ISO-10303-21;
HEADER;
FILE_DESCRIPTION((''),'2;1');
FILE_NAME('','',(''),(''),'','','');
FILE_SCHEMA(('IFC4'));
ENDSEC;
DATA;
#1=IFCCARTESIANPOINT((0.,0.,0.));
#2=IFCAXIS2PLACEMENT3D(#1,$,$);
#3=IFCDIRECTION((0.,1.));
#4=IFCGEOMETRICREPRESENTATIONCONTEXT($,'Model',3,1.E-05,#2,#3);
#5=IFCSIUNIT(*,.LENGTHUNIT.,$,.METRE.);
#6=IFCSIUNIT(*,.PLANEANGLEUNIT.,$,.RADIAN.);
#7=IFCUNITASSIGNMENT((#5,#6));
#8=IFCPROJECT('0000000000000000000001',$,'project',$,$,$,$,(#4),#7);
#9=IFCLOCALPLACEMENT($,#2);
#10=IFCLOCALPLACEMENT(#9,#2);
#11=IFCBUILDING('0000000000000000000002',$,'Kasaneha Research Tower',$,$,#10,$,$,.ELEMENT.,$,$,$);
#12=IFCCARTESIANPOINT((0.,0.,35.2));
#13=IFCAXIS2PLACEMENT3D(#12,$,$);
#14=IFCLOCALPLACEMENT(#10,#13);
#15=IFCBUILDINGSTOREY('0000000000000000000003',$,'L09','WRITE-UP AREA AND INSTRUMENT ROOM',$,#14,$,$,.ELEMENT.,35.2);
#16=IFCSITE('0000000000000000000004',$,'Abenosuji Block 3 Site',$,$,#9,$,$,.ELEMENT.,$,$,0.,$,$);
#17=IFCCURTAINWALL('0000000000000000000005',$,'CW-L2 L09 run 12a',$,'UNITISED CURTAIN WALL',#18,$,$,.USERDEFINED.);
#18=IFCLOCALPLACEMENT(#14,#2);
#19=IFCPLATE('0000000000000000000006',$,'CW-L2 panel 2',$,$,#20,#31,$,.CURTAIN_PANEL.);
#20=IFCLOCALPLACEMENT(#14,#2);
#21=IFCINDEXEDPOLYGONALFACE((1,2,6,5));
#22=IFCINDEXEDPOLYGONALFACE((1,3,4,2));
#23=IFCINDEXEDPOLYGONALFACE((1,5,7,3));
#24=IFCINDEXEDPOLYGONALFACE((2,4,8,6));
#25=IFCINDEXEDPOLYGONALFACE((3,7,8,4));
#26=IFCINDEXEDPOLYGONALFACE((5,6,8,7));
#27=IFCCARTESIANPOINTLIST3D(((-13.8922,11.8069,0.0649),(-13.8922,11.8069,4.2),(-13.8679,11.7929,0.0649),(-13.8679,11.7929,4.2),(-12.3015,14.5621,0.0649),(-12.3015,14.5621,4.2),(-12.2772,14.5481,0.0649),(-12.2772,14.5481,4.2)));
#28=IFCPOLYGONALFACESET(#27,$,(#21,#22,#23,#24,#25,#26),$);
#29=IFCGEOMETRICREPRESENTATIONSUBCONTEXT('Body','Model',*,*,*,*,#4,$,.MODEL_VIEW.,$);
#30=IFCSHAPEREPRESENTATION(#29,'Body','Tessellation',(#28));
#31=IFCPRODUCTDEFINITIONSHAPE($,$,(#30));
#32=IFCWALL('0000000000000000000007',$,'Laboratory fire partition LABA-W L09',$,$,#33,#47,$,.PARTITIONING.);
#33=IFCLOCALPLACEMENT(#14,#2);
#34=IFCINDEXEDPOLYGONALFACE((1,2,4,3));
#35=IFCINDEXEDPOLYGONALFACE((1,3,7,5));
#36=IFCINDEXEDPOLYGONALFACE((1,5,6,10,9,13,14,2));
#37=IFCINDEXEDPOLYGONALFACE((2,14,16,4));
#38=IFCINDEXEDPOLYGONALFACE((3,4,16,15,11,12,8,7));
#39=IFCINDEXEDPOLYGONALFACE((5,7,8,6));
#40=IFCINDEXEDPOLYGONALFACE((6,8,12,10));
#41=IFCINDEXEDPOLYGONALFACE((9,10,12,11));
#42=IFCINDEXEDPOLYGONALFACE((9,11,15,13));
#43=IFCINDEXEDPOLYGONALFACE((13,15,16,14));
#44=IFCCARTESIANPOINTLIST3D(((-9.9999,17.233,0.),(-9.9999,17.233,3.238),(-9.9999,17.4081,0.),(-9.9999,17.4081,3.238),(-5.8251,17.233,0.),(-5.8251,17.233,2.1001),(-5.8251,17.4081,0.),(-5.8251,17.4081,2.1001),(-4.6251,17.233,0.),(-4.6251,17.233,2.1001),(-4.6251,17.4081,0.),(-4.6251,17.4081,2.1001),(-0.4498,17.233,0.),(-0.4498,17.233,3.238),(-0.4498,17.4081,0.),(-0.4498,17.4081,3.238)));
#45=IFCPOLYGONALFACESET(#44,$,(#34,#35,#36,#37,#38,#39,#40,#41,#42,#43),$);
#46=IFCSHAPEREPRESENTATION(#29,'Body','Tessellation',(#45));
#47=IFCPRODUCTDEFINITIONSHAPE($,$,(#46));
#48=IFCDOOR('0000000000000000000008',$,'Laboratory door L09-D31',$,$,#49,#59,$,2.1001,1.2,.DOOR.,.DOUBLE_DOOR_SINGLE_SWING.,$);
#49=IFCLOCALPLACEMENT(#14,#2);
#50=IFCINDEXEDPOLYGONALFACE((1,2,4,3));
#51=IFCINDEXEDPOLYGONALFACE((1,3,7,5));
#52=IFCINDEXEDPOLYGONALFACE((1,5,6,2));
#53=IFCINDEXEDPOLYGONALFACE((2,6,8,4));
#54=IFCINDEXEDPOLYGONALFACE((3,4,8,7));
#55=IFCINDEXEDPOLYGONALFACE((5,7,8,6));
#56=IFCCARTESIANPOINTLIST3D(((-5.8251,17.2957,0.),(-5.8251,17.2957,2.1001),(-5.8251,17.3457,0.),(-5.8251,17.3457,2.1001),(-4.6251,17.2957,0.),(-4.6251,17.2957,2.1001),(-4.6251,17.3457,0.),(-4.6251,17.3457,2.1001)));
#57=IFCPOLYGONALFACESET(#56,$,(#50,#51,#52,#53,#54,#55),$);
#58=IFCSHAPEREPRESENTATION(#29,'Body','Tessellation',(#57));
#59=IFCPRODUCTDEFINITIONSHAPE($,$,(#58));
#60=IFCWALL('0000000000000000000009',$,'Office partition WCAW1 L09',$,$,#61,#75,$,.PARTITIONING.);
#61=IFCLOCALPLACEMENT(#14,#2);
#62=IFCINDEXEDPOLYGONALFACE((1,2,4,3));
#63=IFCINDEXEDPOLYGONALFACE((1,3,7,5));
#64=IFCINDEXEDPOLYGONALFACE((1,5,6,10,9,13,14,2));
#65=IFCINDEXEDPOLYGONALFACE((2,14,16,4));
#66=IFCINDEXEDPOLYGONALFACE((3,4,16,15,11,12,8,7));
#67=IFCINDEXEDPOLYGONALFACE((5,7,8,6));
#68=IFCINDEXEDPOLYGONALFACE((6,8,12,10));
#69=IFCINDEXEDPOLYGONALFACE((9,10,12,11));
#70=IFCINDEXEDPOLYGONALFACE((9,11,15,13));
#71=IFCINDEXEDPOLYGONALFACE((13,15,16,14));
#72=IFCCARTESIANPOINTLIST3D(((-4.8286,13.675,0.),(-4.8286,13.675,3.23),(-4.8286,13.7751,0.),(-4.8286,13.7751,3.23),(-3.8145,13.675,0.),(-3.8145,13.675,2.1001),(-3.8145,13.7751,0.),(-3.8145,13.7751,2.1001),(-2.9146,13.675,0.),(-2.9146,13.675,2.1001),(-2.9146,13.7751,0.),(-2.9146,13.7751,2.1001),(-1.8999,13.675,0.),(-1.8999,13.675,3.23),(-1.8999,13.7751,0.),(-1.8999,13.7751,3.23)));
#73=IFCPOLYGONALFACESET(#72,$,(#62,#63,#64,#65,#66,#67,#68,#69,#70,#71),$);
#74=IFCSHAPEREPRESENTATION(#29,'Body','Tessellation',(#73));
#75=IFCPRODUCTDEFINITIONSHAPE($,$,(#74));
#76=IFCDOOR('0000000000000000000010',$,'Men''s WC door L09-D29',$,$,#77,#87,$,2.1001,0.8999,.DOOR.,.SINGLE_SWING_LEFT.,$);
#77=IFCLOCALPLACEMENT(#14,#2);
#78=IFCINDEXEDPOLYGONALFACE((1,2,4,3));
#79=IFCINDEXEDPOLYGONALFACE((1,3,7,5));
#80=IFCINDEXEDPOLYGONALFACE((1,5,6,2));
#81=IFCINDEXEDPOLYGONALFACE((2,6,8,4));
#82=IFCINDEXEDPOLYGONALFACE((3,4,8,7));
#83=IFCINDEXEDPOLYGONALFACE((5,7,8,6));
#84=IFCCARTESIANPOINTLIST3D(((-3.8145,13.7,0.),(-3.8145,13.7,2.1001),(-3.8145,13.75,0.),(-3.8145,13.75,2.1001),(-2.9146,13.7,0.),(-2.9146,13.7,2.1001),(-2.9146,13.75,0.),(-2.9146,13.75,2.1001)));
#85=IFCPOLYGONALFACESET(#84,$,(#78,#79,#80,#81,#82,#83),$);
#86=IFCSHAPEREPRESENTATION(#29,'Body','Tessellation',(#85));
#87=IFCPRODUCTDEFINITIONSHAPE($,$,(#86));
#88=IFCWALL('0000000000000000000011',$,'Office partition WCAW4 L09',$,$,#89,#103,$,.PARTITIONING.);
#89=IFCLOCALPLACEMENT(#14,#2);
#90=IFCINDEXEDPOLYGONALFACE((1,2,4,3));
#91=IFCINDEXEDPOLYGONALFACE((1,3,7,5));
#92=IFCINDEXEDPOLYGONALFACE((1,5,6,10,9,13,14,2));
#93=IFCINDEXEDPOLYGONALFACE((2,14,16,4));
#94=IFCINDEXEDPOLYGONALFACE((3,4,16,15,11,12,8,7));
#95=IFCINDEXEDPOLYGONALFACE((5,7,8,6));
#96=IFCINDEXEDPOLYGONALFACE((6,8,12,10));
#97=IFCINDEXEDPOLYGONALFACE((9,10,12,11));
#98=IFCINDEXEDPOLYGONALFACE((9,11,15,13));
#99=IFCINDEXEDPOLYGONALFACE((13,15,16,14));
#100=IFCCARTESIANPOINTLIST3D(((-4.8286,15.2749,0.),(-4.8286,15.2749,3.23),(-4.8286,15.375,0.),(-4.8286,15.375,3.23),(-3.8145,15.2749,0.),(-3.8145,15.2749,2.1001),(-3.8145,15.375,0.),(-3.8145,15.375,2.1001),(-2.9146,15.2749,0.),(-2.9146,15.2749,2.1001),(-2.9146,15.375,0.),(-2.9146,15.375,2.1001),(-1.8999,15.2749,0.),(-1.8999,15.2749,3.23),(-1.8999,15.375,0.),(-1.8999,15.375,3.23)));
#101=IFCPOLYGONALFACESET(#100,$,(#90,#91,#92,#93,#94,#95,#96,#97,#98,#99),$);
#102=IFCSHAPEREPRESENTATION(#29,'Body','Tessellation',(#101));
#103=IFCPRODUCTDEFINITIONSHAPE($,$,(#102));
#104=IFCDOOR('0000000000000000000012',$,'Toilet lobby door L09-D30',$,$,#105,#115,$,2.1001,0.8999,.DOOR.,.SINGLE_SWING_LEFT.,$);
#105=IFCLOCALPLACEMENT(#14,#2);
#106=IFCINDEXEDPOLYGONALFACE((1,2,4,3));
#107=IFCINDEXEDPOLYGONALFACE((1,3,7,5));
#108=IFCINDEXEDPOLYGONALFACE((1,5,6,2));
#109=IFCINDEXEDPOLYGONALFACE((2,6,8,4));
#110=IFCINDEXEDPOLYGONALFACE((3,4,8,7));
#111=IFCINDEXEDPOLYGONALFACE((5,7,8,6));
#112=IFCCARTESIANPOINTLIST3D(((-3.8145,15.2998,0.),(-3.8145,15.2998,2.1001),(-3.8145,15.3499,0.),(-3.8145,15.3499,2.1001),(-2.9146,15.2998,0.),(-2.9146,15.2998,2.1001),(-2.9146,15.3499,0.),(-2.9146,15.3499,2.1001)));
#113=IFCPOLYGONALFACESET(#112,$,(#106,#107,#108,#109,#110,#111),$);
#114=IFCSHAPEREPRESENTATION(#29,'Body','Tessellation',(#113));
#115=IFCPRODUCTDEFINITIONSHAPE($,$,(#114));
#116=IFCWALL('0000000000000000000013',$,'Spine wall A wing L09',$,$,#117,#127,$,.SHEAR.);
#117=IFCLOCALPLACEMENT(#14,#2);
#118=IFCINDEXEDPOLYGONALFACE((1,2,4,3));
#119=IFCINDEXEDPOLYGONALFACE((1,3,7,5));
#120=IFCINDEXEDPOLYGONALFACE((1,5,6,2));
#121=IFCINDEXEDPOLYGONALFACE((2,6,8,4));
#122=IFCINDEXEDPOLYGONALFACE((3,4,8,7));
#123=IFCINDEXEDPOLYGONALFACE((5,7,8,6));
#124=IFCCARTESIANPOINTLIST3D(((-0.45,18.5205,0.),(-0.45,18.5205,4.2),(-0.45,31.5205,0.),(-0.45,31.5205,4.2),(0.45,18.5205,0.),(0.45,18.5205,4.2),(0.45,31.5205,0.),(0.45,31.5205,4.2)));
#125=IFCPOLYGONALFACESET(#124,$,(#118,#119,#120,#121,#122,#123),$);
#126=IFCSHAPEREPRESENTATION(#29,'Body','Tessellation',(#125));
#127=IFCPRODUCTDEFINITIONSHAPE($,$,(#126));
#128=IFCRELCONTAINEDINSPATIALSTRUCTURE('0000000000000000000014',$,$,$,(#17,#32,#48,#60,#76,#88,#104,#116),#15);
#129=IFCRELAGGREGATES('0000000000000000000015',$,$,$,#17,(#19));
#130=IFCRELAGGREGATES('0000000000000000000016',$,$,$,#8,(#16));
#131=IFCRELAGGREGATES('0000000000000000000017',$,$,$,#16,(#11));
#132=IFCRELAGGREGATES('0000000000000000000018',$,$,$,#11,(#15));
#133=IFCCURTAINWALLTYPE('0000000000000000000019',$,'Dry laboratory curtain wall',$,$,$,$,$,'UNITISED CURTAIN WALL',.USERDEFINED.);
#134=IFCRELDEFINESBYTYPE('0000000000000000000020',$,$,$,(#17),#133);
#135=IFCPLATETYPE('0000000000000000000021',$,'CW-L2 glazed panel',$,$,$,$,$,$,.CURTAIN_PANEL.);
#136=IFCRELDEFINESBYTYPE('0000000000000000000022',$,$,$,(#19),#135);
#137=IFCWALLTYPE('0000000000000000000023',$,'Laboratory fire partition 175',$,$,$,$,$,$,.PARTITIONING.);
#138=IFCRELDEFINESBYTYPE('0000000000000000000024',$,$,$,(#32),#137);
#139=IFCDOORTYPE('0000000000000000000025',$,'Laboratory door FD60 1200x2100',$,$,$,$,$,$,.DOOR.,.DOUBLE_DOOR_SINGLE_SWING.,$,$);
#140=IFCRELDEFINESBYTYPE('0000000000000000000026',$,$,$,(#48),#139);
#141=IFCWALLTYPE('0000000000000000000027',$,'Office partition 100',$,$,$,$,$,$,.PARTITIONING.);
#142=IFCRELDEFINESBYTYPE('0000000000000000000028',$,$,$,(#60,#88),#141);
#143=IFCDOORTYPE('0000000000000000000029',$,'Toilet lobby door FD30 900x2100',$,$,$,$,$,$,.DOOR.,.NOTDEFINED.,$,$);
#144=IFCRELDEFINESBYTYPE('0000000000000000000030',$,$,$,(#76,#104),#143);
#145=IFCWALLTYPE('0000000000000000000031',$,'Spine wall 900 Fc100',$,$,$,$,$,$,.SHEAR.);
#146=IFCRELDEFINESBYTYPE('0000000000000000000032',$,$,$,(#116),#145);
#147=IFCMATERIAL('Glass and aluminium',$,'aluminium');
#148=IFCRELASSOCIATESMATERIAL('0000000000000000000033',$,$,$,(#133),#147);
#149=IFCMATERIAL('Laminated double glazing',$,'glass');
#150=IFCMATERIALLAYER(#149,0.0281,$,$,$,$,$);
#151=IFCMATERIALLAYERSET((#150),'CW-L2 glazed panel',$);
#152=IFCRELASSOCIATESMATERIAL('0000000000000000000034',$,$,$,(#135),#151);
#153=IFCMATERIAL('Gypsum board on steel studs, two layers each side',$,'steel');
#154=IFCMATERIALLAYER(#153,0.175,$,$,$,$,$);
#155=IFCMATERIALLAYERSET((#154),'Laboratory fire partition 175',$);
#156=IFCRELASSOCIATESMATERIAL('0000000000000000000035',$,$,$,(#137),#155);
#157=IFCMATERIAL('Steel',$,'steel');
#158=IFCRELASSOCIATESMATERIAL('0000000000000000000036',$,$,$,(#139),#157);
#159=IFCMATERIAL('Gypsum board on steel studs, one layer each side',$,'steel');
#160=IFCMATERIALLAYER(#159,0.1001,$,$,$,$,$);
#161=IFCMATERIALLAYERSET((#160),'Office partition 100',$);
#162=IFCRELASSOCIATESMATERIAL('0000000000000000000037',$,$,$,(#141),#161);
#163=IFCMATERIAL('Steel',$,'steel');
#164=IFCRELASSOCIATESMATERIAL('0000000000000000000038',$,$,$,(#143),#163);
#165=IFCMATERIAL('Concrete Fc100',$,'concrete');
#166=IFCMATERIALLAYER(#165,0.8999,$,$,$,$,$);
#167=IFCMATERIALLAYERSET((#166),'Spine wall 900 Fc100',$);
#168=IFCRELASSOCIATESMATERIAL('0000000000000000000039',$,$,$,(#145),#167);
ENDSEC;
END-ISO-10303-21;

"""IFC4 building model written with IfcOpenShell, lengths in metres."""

from ifc_helpers import new_model, si_unit, direction, frame, frame_2d, origin, origin_2d, place, context, subcontext, project, spatial, rectangle, extrude, material, layer, layer_set, type_object, element, fill, aggregate, save


model = new_model("IFC4")

# Units and contexts
model_context = context("Model", 3, precision=1e-05, world=origin(), true_north=direction((0.0, 1.0)))
body_context = subcontext(model_context, "Body", "Model", "MODEL_VIEW")
ifc_project = project(units=[si_unit("LENGTHUNIT", "METRE"), si_unit("PLANEANGLEUNIT", "RADIAN")], contexts=[model_context])

# Site, building, storey
site_placement = place(None, origin())
site = spatial("IfcSite", under=ifc_project, at=site_placement, Name="Abenosuji Block 3 Site", CompositionType="ELEMENT", RefElevation=0.0)
building_placement = place(site_placement, origin())
building = spatial("IfcBuilding", under=site, at=building_placement, Name="Kasaneha Research Tower", CompositionType="ELEMENT")
storey_placement = place(building_placement, frame((0.0, 0.0, 35.2)))
storey = spatial("IfcBuildingStorey", under=building, at=storey_placement, Name="L09", Description="WRITE-UP AREA AND INSTRUMENT ROOM", CompositionType="ELEMENT", Elevation=35.2)

# Curtain wall
ifc_material_1 = material(Name="Glass and aluminium", Category="aluminium")
curtain_wall_type = type_object("IfcCurtainWallType", Name="Dry laboratory curtain wall", ElementType="UNITISED CURTAIN WALL", PredefinedType="USERDEFINED", material=ifc_material_1)
curtain_wall_1_placement = place(storey_placement, origin())
curtain_wall_1 = element("IfcCurtainWall", 1, at=curtain_wall_1_placement, inside=storey, type_object=curtain_wall_type, Name="CW-L2 L09 run 12a", ObjectType="UNITISED CURTAIN WALL", PredefinedType="USERDEFINED")

# Plate
ifc_material_2 = material(Name="Laminated double glazing", Category="glass")
ifc_layer_1 = layer(ifc_material_2, 0.0281)
ifc_layer_set_1 = layer_set([ifc_layer_1], Name="CW-L2 glazed panel")
plate_type = type_object("IfcPlateType", Name="CW-L2 glazed panel", PredefinedType="CURTAIN_PANEL", material=ifc_layer_set_1)
plate_1_placement = place(storey_placement, frame((-13.0847, 13.1775, 0.0649), z_axis=(0.0, 0.0, 1.0), x_axis=(-0.5, -0.866025, 0.0)))
plate_1 = element("IfcPlate", 2, at=plate_1_placement, type_object=plate_type, Name="CW-L2 panel 2", PredefinedType="CURTAIN_PANEL", context=body_context, shape_type="SweptSolid", body=[
    extrude(rectangle(XDim=3.1814, YDim=0.0281, at=origin_2d()), origin(), (0.0, 0.0, 1.0), 4.135),
])
aggregate(curtain_wall_1, [plate_1])

# Walls, openings, doors
ifc_material_3 = material(Name="Gypsum board on steel studs, two layers each side", Category="steel")
ifc_layer_2 = layer(ifc_material_3, 0.175)
ifc_layer_set_2 = layer_set([ifc_layer_2], Name="Laboratory fire partition 175")
wall_type_1 = type_object("IfcWallType", Name="Laboratory fire partition 175", PredefinedType="PARTITIONING", material=ifc_layer_set_2)
wall_1_placement = place(storey_placement, frame((-0.45, 17.3206, 0.0), z_axis=(0.0, 0.0, 1.0), x_axis=(-1.0, 0.0, 0.0)))
wall_1 = element("IfcWall", 3, at=wall_1_placement, inside=storey, type_object=wall_type_1, Name="Laboratory fire partition LABA-W L09", PredefinedType="PARTITIONING", context=body_context, shape_type="SweptSolid", body=[
    extrude(rectangle(XDim=9.55, YDim=0.175, at=frame_2d((4.7749, 0.0))), origin(), (0.0, 0.0, 1.0), 3.238),
])
opening_1_placement = place(wall_1_placement, frame((4.175, 0.0, 0.0)))
opening_1 = element("IfcOpeningElement", 4, at=opening_1_placement, cuts=wall_1, PredefinedType="OPENING", context=body_context, shape_type="SweptSolid", body=[
    extrude(rectangle(XDim=1.2, YDim=2.1001, at=frame_2d((0.6001, 1.05))), frame((0.0, 0.0977, 0.0), z_axis=(0.0, -1.0, 0.0), x_axis=(1.0, 0.0, 0.0)), (0.0, 0.0, 1.0), 0.1951),
])
ifc_material_4 = material(Name="Steel", Category="steel")
door_type_1 = type_object("IfcDoorType", Name="Laboratory door FD60 1200x2100", OperationType="DOUBLE_DOOR_SINGLE_SWING", PredefinedType="DOOR", material=ifc_material_4)
door_1_placement = place(opening_1_placement, origin())
door_1 = element("IfcDoor", 5, at=door_1_placement, inside=storey, type_object=door_type_1, Name="Laboratory door L09-D31", OperationType="DOUBLE_DOOR_SINGLE_SWING", OverallHeight=2.1001, OverallWidth=1.2, PredefinedType="DOOR", context=body_context, shape_type="SweptSolid", body=[
    extrude(rectangle(XDim=1.2, YDim=2.1001, at=frame_2d((0.6001, 1.05))), frame((0.0, 0.0249, 0.0), z_axis=(0.0, -1.0, 0.0), x_axis=(1.0, 0.0, 0.0)), (0.0, 0.0, 1.0), 0.05),
])
fill(opening_1, door_1)
ifc_material_5 = material(Name="Gypsum board on steel studs, one layer each side", Category="steel")
ifc_layer_3 = layer(ifc_material_5, 0.1001)
ifc_layer_set_3 = layer_set([ifc_layer_3], Name="Office partition 100")
wall_type_2 = type_object("IfcWallType", Name="Office partition 100", PredefinedType="PARTITIONING", material=ifc_layer_set_3)
wall_2_placement = place(storey_placement, frame((-4.8286, 13.7251, 0.0), z_axis=(0.0, 0.0, 1.0), x_axis=(1.0, 0.0, 0.0)))
wall_2 = element("IfcWall", 6, at=wall_2_placement, inside=storey, type_object=wall_type_2, Name="Office partition WCAW1 L09", PredefinedType="PARTITIONING", context=body_context, shape_type="SweptSolid", body=[
    extrude(rectangle(XDim=2.9287, YDim=0.1001, at=frame_2d((1.4644, 0.0))), origin(), (0.0, 0.0, 1.0), 3.23),
])
opening_2_placement = place(wall_2_placement, frame((1.0142, 0.0, 0.0)))
opening_2 = element("IfcOpeningElement", 7, at=opening_2_placement, cuts=wall_2, PredefinedType="OPENING", context=body_context, shape_type="SweptSolid", body=[
    extrude(rectangle(XDim=0.8999, YDim=2.1001, at=frame_2d((0.45, 1.05))), frame((0.0, 0.0601, 0.0), z_axis=(0.0, -1.0, 0.0), x_axis=(1.0, 0.0, 0.0)), (0.0, 0.0, 1.0), 0.1201),
])
ifc_material_6 = material(Name="Steel", Category="steel")
door_type_2 = type_object("IfcDoorType", Name="Toilet lobby door FD30 900x2100", OperationType="NOTDEFINED", PredefinedType="DOOR", material=ifc_material_6)
door_2_placement = place(opening_2_placement, origin())
door_2 = element("IfcDoor", 8, at=door_2_placement, inside=storey, type_object=door_type_2, Name="Men's WC door L09-D29", OperationType="SINGLE_SWING_LEFT", OverallHeight=2.1001, OverallWidth=0.8999, PredefinedType="DOOR", context=body_context, shape_type="SweptSolid", body=[
    extrude(rectangle(XDim=0.8999, YDim=2.1001, at=frame_2d((0.45, 1.05))), frame((0.0, 0.0249, 0.0), z_axis=(0.0, -1.0, 0.0), x_axis=(1.0, 0.0, 0.0)), (0.0, 0.0, 1.0), 0.05),
])
fill(opening_2, door_2)
wall_3_placement = place(storey_placement, frame((-4.8286, 15.325, 0.0), z_axis=(0.0, 0.0, 1.0), x_axis=(1.0, 0.0, 0.0)))
wall_3 = element("IfcWall", 9, at=wall_3_placement, inside=storey, type_object=wall_type_2, Name="Office partition WCAW4 L09", PredefinedType="PARTITIONING", context=body_context, shape_type="SweptSolid", body=[
    extrude(rectangle(XDim=2.9287, YDim=0.1001, at=frame_2d((1.4644, 0.0))), origin(), (0.0, 0.0, 1.0), 3.23),
])
opening_3_placement = place(wall_3_placement, frame((1.0142, 0.0, 0.0)))
opening_3 = element("IfcOpeningElement", 10, at=opening_3_placement, cuts=wall_3, PredefinedType="OPENING", context=body_context, shape_type="SweptSolid", body=[
    extrude(rectangle(XDim=0.8999, YDim=2.1001, at=frame_2d((0.45, 1.05))), frame((0.0, 0.0601, 0.0), z_axis=(0.0, -1.0, 0.0), x_axis=(1.0, 0.0, 0.0)), (0.0, 0.0, 1.0), 0.1201),
])
door_3_placement = place(opening_3_placement, origin())
door_3 = element("IfcDoor", 11, at=door_3_placement, inside=storey, type_object=door_type_2, Name="Toilet lobby door L09-D30", OperationType="SINGLE_SWING_LEFT", OverallHeight=2.1001, OverallWidth=0.8999, PredefinedType="DOOR", context=body_context, shape_type="SweptSolid", body=[
    extrude(rectangle(XDim=0.8999, YDim=2.1001, at=frame_2d((0.45, 1.05))), frame((0.0, 0.0249, 0.0), z_axis=(0.0, -1.0, 0.0), x_axis=(1.0, 0.0, 0.0)), (0.0, 0.0, 1.0), 0.05),
])
fill(opening_3, door_3)

# Wall
ifc_material_7 = material(Name="Concrete Fc100", Category="concrete")
ifc_layer_4 = layer(ifc_material_7, 0.8999)
ifc_layer_set_4 = layer_set([ifc_layer_4], Name="Spine wall 900 Fc100")
wall_type_3 = type_object("IfcWallType", Name="Spine wall 900 Fc100", PredefinedType="SHEAR", material=ifc_layer_set_4)
wall_4_placement = place(storey_placement, frame((0.0, 18.5205, 0.0), z_axis=(0.0, 0.0, 1.0), x_axis=(0.0, 1.0, 0.0)))
element("IfcWall", 12, at=wall_4_placement, inside=storey, type_object=wall_type_3, Name="Spine wall A wing L09", PredefinedType="SHEAR", context=body_context, shape_type="SweptSolid", body=[
    extrude(rectangle(XDim=13.0, YDim=0.8999, at=frame_2d((6.5, 0.0))), origin(), (0.0, 0.0, 1.0), 4.2),
])

save(model, "model.ifc")
